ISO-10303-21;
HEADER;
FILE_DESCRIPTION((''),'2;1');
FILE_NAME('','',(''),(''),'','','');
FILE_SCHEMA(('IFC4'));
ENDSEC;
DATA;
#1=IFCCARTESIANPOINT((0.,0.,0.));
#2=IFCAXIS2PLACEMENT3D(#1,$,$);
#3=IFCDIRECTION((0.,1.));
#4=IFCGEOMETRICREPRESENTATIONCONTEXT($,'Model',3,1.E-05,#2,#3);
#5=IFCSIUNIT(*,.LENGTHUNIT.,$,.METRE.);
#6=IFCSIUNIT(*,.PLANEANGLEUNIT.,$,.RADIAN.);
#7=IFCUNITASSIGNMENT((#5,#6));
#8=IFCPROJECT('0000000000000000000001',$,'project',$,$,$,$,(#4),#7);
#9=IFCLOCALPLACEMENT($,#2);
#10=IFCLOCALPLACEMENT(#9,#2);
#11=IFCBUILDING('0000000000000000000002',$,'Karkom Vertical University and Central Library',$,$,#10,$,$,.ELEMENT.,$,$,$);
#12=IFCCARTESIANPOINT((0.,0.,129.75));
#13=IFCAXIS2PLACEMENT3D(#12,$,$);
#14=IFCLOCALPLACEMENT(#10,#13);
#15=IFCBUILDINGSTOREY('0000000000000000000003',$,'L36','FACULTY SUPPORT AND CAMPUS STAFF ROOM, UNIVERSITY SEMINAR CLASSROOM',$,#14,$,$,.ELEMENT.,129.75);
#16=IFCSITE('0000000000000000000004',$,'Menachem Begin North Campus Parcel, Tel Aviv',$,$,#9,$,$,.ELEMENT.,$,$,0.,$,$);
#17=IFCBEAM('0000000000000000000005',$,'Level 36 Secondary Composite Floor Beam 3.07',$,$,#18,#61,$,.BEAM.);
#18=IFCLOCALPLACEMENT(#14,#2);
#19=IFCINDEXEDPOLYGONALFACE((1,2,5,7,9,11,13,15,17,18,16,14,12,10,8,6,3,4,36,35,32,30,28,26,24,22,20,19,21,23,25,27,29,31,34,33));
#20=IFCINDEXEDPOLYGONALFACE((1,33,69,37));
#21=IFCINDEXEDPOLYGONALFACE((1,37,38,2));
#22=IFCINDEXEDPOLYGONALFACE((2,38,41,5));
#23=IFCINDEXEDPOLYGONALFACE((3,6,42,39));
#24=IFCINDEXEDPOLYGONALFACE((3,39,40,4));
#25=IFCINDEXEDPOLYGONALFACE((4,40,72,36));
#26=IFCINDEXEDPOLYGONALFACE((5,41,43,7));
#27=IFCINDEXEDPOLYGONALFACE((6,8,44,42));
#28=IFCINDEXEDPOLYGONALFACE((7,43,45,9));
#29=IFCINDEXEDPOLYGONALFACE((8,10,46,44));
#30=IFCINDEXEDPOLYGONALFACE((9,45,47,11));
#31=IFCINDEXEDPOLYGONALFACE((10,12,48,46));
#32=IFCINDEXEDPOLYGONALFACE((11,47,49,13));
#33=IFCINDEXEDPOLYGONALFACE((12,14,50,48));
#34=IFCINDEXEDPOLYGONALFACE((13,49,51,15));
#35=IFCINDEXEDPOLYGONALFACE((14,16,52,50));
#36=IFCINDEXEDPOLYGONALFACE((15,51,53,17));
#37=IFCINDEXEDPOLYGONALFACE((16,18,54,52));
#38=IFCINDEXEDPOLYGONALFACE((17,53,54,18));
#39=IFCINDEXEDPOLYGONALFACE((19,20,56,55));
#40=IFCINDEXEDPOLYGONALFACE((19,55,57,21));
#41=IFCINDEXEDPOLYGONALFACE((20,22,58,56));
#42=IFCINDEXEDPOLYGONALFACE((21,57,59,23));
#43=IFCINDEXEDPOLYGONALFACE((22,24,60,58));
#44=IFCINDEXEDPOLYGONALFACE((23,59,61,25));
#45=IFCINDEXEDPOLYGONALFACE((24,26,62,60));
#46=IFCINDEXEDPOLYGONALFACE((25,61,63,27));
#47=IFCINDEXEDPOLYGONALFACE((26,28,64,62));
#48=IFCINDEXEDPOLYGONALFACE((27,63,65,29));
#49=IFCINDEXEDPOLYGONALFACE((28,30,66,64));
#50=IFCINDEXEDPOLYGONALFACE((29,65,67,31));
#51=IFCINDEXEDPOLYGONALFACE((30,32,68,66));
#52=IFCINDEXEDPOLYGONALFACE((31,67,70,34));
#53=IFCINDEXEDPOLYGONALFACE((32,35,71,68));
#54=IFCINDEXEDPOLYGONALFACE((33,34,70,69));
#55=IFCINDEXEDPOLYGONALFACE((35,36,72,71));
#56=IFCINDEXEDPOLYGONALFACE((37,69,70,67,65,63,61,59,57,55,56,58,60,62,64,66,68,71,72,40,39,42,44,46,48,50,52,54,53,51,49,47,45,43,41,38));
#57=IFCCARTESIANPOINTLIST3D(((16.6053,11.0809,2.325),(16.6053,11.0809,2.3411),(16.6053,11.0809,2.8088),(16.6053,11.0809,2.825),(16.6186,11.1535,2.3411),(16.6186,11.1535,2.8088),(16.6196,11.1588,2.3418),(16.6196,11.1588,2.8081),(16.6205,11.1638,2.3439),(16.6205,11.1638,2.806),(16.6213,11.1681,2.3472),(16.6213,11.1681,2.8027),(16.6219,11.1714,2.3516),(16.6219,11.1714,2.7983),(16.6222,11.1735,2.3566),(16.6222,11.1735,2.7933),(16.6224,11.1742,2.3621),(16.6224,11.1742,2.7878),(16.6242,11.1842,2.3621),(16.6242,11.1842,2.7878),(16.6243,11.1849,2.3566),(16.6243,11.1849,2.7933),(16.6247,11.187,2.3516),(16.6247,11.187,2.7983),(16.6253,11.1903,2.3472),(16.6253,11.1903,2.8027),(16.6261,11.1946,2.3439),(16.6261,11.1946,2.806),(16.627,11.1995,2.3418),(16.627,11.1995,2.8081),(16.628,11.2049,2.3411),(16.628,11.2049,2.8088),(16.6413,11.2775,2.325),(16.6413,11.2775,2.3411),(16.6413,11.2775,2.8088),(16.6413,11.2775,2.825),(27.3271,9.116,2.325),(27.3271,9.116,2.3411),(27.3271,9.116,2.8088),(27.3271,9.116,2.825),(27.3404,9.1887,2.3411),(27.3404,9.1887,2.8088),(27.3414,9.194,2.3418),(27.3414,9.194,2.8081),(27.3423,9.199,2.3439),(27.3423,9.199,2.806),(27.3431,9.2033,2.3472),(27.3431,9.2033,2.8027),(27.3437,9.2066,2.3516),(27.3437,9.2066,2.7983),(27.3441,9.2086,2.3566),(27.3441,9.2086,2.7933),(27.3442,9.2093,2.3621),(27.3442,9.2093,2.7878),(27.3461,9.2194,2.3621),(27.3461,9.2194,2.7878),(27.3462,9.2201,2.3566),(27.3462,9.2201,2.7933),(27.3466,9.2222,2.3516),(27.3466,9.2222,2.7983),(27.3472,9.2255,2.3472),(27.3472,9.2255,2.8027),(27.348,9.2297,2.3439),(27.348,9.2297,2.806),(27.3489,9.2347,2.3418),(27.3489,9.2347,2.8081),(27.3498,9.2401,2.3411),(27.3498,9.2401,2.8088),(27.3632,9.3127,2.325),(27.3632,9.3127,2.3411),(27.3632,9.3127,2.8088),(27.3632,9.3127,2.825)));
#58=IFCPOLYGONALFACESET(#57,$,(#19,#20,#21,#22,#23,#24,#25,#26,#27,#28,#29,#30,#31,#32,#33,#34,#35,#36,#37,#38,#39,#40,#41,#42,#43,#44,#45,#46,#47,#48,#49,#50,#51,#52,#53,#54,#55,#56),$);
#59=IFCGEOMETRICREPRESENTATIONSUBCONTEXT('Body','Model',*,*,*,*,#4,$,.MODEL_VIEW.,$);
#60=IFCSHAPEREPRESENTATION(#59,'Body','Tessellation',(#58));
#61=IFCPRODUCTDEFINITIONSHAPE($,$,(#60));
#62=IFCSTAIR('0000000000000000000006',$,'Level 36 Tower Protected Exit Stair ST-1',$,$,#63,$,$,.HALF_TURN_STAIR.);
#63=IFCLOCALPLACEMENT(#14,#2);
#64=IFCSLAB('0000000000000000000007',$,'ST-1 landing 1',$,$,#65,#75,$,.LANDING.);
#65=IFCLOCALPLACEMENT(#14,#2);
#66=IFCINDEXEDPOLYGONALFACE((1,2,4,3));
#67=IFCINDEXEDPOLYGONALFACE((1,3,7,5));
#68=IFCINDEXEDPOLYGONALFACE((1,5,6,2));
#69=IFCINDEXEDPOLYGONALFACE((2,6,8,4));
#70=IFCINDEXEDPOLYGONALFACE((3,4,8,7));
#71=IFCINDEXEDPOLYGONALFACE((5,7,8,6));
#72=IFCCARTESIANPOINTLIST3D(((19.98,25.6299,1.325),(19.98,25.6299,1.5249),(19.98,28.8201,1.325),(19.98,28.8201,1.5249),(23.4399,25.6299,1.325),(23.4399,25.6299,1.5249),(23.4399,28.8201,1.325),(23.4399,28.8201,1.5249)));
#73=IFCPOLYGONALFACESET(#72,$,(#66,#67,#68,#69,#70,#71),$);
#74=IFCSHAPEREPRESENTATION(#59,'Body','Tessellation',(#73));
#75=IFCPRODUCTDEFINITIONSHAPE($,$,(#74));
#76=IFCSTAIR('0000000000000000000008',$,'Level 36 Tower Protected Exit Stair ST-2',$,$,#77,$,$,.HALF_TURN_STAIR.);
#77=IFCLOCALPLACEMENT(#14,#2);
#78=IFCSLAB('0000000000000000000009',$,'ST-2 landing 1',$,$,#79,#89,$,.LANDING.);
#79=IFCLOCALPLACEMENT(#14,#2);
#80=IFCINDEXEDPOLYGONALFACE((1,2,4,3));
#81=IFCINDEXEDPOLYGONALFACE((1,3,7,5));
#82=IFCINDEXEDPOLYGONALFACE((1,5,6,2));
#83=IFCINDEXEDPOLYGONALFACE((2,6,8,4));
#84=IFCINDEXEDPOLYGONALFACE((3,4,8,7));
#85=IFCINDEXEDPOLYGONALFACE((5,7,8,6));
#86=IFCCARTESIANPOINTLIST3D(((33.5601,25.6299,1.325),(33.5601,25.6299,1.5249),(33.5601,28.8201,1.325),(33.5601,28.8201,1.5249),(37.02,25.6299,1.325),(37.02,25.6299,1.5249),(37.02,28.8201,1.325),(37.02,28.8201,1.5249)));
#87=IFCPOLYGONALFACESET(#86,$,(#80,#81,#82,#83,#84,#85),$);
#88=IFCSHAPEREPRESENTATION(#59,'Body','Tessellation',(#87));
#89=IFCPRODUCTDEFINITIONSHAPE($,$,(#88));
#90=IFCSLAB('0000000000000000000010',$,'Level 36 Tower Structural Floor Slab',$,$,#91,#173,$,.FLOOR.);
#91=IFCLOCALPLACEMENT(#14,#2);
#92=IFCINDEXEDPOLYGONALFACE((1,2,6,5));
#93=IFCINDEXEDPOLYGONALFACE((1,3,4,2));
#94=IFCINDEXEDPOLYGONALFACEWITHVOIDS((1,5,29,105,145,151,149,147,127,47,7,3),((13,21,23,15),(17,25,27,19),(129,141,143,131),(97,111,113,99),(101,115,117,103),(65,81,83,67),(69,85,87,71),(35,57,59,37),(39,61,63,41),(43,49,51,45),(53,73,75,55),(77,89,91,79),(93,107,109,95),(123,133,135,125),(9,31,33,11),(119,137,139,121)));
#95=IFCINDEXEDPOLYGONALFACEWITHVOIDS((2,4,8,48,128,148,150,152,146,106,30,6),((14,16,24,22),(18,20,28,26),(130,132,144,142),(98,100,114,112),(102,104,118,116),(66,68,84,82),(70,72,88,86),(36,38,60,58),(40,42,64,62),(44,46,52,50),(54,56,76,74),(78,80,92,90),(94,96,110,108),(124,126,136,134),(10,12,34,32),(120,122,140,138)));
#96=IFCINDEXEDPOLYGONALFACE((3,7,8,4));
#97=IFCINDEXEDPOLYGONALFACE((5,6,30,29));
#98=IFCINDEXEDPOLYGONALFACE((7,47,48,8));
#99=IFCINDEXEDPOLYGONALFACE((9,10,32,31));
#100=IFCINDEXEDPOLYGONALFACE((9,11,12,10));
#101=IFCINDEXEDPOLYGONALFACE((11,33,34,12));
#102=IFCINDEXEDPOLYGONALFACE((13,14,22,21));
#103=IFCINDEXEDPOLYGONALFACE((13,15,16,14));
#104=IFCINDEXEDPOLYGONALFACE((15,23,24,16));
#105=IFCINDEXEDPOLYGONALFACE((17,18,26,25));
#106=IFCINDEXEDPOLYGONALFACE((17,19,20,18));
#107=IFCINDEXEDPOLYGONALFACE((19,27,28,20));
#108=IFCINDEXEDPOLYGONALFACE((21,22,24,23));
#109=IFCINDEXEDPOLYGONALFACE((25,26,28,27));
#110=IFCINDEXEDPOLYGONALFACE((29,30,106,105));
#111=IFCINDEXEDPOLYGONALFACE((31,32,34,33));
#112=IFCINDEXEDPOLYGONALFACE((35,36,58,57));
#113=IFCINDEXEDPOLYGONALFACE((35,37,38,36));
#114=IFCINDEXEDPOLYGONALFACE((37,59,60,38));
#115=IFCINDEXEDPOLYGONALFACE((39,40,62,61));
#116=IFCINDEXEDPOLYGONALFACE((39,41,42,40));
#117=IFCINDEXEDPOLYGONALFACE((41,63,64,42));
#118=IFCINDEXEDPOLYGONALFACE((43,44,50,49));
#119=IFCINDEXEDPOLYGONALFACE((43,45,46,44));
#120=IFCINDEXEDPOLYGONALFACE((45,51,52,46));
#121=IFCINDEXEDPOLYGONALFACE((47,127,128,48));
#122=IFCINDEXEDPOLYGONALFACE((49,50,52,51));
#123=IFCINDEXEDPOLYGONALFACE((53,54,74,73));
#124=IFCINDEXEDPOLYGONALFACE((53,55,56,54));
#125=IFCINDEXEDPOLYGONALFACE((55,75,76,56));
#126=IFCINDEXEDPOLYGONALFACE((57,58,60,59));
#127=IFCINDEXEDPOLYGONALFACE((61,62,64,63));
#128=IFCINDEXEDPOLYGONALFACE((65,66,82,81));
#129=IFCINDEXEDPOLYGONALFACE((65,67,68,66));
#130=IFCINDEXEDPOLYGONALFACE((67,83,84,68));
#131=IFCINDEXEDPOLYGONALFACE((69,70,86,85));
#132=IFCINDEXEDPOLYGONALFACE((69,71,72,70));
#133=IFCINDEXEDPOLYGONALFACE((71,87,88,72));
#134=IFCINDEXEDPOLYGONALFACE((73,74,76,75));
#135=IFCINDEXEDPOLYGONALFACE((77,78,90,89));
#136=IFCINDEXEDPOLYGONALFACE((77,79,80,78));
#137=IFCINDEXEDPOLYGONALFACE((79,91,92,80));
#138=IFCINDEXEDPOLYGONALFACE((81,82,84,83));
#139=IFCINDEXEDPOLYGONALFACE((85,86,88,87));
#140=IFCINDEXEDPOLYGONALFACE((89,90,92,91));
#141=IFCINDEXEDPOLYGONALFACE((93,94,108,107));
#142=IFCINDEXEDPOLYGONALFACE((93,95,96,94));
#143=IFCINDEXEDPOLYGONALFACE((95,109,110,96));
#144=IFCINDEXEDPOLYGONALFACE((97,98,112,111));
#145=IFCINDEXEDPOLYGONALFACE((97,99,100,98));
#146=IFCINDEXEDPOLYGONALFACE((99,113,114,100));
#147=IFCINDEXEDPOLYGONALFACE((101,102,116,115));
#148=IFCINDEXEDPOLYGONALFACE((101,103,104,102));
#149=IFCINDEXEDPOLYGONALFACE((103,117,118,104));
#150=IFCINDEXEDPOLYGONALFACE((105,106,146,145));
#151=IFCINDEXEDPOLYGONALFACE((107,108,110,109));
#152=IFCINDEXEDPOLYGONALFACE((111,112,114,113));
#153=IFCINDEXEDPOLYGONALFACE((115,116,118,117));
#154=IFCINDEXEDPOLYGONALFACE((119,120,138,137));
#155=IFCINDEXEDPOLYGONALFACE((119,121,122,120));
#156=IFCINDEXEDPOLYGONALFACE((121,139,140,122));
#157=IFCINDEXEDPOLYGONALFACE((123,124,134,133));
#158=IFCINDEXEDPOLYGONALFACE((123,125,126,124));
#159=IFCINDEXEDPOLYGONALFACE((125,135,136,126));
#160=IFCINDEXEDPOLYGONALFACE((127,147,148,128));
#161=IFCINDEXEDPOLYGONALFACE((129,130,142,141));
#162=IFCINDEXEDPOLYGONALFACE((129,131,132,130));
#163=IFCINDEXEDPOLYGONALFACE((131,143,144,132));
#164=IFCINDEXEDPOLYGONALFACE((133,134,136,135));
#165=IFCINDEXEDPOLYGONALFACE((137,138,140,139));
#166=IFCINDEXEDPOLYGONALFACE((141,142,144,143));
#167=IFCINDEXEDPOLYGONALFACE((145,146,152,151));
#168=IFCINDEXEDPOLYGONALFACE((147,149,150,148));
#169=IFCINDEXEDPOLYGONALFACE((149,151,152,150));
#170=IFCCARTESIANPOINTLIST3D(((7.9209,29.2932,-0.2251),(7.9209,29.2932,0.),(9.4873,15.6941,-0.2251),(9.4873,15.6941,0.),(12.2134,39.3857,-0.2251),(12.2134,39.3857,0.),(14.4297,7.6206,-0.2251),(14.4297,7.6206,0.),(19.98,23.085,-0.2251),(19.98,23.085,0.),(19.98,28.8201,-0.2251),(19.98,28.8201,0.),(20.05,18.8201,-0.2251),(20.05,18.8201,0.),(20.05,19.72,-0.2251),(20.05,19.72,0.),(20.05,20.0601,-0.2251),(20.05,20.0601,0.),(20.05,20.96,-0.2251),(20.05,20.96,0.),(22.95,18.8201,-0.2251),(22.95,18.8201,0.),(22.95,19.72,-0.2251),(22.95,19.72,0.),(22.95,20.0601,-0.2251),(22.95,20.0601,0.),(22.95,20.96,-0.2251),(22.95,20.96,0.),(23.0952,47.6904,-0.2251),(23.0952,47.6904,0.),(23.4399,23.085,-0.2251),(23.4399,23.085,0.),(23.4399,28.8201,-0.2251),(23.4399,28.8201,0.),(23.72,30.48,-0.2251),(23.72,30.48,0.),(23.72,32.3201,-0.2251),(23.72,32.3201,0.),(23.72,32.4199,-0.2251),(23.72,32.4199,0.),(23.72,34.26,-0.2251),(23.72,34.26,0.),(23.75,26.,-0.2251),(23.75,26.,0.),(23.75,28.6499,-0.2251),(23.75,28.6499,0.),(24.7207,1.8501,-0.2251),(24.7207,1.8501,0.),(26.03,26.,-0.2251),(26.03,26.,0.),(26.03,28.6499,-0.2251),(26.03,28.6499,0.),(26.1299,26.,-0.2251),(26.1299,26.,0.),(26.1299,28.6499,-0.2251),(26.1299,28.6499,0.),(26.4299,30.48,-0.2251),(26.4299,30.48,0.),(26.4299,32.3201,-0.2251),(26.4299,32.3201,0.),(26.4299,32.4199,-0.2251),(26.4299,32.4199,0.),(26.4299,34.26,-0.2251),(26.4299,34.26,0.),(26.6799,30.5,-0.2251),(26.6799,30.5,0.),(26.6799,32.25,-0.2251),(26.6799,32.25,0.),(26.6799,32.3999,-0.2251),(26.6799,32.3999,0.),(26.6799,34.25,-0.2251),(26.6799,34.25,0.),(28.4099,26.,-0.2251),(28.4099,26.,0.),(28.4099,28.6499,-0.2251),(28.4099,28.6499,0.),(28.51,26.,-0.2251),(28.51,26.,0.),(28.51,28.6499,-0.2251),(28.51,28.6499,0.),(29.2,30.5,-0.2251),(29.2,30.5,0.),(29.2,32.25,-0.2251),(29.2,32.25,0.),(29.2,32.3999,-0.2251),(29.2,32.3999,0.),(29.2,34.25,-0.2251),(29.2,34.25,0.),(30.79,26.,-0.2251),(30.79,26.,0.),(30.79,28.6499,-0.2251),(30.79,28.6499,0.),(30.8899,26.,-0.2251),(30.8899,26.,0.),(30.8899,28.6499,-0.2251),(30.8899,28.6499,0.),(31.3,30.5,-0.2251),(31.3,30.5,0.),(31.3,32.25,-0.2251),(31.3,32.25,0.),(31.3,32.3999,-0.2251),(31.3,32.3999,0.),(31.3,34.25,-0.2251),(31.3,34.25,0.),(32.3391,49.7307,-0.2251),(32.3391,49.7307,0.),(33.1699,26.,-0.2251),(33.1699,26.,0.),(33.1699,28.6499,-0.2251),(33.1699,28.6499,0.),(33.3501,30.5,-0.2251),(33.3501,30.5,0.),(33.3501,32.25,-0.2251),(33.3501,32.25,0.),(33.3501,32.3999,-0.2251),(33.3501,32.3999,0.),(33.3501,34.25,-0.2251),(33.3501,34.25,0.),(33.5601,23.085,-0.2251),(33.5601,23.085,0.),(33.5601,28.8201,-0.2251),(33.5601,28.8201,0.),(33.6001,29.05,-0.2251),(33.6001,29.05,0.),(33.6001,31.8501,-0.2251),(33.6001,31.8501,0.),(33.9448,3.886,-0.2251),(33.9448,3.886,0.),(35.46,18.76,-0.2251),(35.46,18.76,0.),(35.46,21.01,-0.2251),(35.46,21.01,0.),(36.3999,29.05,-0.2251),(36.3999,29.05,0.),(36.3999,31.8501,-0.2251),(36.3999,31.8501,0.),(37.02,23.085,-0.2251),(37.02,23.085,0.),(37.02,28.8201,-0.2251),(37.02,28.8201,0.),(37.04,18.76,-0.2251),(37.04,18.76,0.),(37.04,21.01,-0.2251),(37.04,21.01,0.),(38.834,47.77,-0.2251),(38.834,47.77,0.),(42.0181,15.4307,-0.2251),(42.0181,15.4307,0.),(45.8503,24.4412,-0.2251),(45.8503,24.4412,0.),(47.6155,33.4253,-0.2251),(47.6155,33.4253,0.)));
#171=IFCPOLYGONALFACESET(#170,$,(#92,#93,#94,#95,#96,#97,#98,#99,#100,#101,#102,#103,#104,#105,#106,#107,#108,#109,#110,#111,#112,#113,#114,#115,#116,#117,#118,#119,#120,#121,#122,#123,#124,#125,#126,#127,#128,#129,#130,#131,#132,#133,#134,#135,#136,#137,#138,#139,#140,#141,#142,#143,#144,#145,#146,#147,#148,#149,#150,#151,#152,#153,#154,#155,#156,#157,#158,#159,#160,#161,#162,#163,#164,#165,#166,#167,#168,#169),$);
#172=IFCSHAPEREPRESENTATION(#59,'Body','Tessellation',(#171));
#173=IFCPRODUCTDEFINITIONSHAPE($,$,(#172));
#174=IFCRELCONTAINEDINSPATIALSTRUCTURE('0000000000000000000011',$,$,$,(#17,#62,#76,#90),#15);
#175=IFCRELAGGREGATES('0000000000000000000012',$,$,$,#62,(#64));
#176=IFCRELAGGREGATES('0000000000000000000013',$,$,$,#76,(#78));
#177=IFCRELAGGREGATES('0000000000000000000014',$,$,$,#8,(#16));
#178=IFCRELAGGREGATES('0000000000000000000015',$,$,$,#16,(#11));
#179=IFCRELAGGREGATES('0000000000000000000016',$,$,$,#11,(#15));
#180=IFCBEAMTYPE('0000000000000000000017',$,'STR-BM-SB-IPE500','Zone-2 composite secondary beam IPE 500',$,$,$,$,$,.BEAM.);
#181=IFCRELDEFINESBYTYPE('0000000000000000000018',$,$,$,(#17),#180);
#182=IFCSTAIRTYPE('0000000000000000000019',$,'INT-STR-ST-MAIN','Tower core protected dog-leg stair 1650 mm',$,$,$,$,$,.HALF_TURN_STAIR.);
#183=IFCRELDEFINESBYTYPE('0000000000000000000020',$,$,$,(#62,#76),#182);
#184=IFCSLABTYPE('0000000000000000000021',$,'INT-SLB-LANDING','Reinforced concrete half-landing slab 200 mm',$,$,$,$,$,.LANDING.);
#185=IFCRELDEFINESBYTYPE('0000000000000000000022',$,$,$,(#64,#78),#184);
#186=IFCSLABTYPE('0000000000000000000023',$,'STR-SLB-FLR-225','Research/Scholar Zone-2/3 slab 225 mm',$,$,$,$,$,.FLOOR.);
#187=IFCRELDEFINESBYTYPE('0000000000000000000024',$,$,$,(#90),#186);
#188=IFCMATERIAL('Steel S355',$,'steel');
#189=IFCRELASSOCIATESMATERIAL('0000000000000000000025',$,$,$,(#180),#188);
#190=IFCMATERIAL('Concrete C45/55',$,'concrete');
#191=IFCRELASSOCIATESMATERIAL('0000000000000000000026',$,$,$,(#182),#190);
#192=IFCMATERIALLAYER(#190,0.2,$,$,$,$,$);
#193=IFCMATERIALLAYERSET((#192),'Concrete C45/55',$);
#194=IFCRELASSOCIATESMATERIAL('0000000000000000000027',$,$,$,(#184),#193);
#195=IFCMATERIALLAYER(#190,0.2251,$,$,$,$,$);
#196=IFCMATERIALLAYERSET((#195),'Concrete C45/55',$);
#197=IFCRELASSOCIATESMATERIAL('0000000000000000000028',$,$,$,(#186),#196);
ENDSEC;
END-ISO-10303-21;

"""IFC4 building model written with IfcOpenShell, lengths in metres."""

from ifc_helpers import new_model, si_unit, direction, frame, origin, origin_with_axes, origin_2d, place, context, subcontext, project, spatial, polyline, i_section, outline, extrude, source, transform, mapped, material, layer, layer_set, material_profile, profile_set, type_object, element, aggregate, save


model = new_model("IFC4")

# Units and contexts
model_context = context("Model", 3, precision=1e-05, world=origin(), true_north=direction((0.0, 1.0)))
body_context = subcontext(model_context, "Body", "Model", "MODEL_VIEW")
ifc_project = project(units=[si_unit("LENGTHUNIT", "METRE"), si_unit("PLANEANGLEUNIT", "RADIAN")], contexts=[model_context])

# Site, building, storey
site_placement = place(None, origin())
site = spatial("IfcSite", under=ifc_project, at=site_placement, Name="Menachem Begin North Campus Parcel, Tel Aviv", CompositionType="ELEMENT", RefElevation=0.0)
building_placement = place(site_placement, origin())
building = spatial("IfcBuilding", under=site, at=building_placement, Name="Karkom Vertical University and Central Library", CompositionType="ELEMENT")
storey_placement = place(building_placement, frame((0.0, 0.0, 129.75)))
storey = spatial("IfcBuildingStorey", under=building, at=storey_placement, Name="L36", Description="FACULTY SUPPORT AND CAMPUS STAFF ROOM, UNIVERSITY SEMINAR CLASSROOM", CompositionType="ELEMENT", Elevation=129.75)

# Beam
ifc_material_1 = material(Name="Steel S355", Category="steel")
ifc_material_profile_1 = material_profile(ifc_material_1, i_section(OverallWidth=0.2, OverallDepth=0.5, WebThickness=0.0103, FlangeThickness=0.0161, FilletRadius=0.021, at=origin_2d()), Name="IPE 500")
ifc_profile_set_1 = profile_set([ifc_material_profile_1], Name="Steel S355")
beam_type_1 = type_object("IfcBeamType", Name="STR-BM-SB-IPE500", Description="Zone-2 composite secondary beam IPE 500", PredefinedType="BEAM", material=ifc_profile_set_1)
shared_shape_1 = source(origin_with_axes(), body_context, "Body", "SweptSolid", [
    extrude(i_section(OverallWidth=0.2, OverallDepth=0.5, WebThickness=0.0103, FlangeThickness=0.0161, FilletRadius=0.021, at=origin_2d()), origin(), (0.0, 0.0, 1.0), 10.9004),
])
beam_1_placement = place(storey_placement, frame((16.6233, 11.1792, 2.575), z_axis=(0.98362, -0.180253, 0.0), x_axis=(0.180253, 0.98362, 0.0)))
element("IfcBeam", 1, at=beam_1_placement, inside=storey, type_object=beam_type_1, Name="Level 36 Secondary Composite Floor Beam 3.07", PredefinedType="BEAM", context=body_context, shape_type="MappedRepresentation", body=[
    mapped(shared_shape_1, transform((0.0, 0.0, 0.0), scale=1.0)),
])

# Stairs, slabs
ifc_material_2 = material(Name="Concrete C45/55", Category="concrete")
stair_type = type_object("IfcStairType", Name="INT-STR-ST-MAIN", Description="Tower core protected dog-leg stair 1650 mm", PredefinedType="HALF_TURN_STAIR", material=ifc_material_2)
stair_1_placement = place(storey_placement, origin())
stair_1 = element("IfcStair", 2, at=stair_1_placement, inside=storey, type_object=stair_type, Name="Level 36 Tower Protected Exit Stair ST-1", PredefinedType="HALF_TURN_STAIR")
ifc_layer_1 = layer(ifc_material_2, 0.2)
ifc_layer_set_1 = layer_set([ifc_layer_1], Name="Concrete C45/55")
slab_type_1 = type_object("IfcSlabType", Name="INT-SLB-LANDING", Description="Reinforced concrete half-landing slab 200 mm", PredefinedType="LANDING", material=ifc_layer_set_1)
slab_1_placement = place(storey_placement, frame((0.0, 0.0, 1.325)))
slab_1 = element("IfcSlab", 3, at=slab_1_placement, type_object=slab_type_1, Name="ST-1 landing 1", PredefinedType="LANDING", context=body_context, shape_type="SweptSolid", body=[
    extrude(outline(polyline([(23.4399, 25.6299), (23.4399, 28.8201), (19.98, 28.8201), (19.98, 25.6299), (23.4399, 25.6299)])), origin(), (0.0, 0.0, 1.0), 0.2),
])
aggregate(stair_1, [slab_1])
stair_2_placement = place(storey_placement, origin())
stair_2 = element("IfcStair", 4, at=stair_2_placement, inside=storey, type_object=stair_type, Name="Level 36 Tower Protected Exit Stair ST-2", PredefinedType="HALF_TURN_STAIR")
slab_2_placement = place(storey_placement, frame((0.0, 0.0, 1.325)))
slab_2 = element("IfcSlab", 5, at=slab_2_placement, type_object=slab_type_1, Name="ST-2 landing 1", PredefinedType="LANDING", context=body_context, shape_type="SweptSolid", body=[
    extrude(outline(polyline([(37.02, 25.6299), (37.02, 28.8201), (33.5601, 28.8201), (33.5601, 25.6299), (37.02, 25.6299)])), origin(), (0.0, 0.0, 1.0), 0.2),
])
aggregate(stair_2, [slab_2])

# Slab
ifc_layer_2 = layer(ifc_material_2, 0.2251)
ifc_layer_set_2 = layer_set([ifc_layer_2], Name="Concrete C45/55")
slab_type_2 = type_object("IfcSlabType", Name="STR-SLB-FLR-225", Description="Research/Scholar Zone-2/3 slab 225 mm", PredefinedType="FLOOR", material=ifc_layer_set_2)
slab_3_placement = place(storey_placement, frame((0.0, 0.0, -0.2251)))
element("IfcSlab", 6, at=slab_3_placement, inside=storey, type_object=slab_type_2, Name="Level 36 Tower Structural Floor Slab", PredefinedType="FLOOR", context=body_context, shape_type="SweptSolid", body=[
    extrude(outline(polyline([(7.9209, 29.2932), (9.4873, 15.6941), (14.4297, 7.6206), (24.7207, 1.8501), (33.9448, 3.886), (42.0181, 15.4307), (45.8503, 24.4412), (47.6155, 33.4253), (38.834, 47.77), (32.3391, 49.7307), (23.0952, 47.6904), (12.2134, 39.3857), (7.9209, 29.2932)]), holes=[polyline([(19.98, 23.085), (23.4399, 23.085), (23.4399, 28.8201), (19.98, 28.8201), (19.98, 23.085)]), polyline([(33.5601, 23.085), (37.02, 23.085), (37.02, 28.8201), (33.5601, 28.8201), (33.5601, 23.085)]), polyline([(23.75, 26.0), (26.03, 26.0), (26.03, 28.6499), (23.75, 28.6499), (23.75, 26.0)]), polyline([(26.1299, 26.0), (28.4099, 26.0), (28.4099, 28.6499), (26.1299, 28.6499), (26.1299, 26.0)]), polyline([(28.51, 26.0), (30.79, 26.0), (30.79, 28.6499), (28.51, 28.6499), (28.51, 26.0)]), polyline([(30.8899, 26.0), (33.1699, 26.0), (33.1699, 28.6499), (30.8899, 28.6499), (30.8899, 26.0)]), polyline([(26.6799, 30.5), (29.2, 30.5), (29.2, 32.25), (26.6799, 32.25), (26.6799, 30.5)]), polyline([(26.6799, 32.3999), (29.2, 32.3999), (29.2, 34.25), (26.6799, 34.25), (26.6799, 32.3999)]), polyline([(31.3, 30.5), (33.3501, 30.5), (33.3501, 32.25), (31.3, 32.25), (31.3, 30.5)]), polyline([(31.3, 32.3999), (33.3501, 32.3999), (33.3501, 34.25), (31.3, 34.25), (31.3, 32.3999)]), polyline([(23.72, 30.48), (26.4299, 30.48), (26.4299, 32.3201), (23.72, 32.3201), (23.72, 30.48)]), polyline([(23.72, 32.4199), (26.4299, 32.4199), (26.4299, 34.26), (23.72, 34.26), (23.72, 32.4199)]), polyline([(33.6001, 29.05), (36.3999, 29.05), (36.3999, 31.8501), (33.6001, 31.8501), (33.6001, 29.05)]), polyline([(20.05, 18.8201), (22.95, 18.8201), (22.95, 19.72), (20.05, 19.72), (20.05, 18.8201)]), polyline([(20.05, 20.0601), (22.95, 20.0601), (22.95, 20.96), (20.05, 20.96), (20.05, 20.0601)]), polyline([(35.46, 18.76), (37.04, 18.76), (37.04, 21.01), (35.46, 21.01), (35.46, 18.76)])]), origin(), (0.0, 0.0, 1.0), 0.2251),
])

save(model, "model.ifc")
